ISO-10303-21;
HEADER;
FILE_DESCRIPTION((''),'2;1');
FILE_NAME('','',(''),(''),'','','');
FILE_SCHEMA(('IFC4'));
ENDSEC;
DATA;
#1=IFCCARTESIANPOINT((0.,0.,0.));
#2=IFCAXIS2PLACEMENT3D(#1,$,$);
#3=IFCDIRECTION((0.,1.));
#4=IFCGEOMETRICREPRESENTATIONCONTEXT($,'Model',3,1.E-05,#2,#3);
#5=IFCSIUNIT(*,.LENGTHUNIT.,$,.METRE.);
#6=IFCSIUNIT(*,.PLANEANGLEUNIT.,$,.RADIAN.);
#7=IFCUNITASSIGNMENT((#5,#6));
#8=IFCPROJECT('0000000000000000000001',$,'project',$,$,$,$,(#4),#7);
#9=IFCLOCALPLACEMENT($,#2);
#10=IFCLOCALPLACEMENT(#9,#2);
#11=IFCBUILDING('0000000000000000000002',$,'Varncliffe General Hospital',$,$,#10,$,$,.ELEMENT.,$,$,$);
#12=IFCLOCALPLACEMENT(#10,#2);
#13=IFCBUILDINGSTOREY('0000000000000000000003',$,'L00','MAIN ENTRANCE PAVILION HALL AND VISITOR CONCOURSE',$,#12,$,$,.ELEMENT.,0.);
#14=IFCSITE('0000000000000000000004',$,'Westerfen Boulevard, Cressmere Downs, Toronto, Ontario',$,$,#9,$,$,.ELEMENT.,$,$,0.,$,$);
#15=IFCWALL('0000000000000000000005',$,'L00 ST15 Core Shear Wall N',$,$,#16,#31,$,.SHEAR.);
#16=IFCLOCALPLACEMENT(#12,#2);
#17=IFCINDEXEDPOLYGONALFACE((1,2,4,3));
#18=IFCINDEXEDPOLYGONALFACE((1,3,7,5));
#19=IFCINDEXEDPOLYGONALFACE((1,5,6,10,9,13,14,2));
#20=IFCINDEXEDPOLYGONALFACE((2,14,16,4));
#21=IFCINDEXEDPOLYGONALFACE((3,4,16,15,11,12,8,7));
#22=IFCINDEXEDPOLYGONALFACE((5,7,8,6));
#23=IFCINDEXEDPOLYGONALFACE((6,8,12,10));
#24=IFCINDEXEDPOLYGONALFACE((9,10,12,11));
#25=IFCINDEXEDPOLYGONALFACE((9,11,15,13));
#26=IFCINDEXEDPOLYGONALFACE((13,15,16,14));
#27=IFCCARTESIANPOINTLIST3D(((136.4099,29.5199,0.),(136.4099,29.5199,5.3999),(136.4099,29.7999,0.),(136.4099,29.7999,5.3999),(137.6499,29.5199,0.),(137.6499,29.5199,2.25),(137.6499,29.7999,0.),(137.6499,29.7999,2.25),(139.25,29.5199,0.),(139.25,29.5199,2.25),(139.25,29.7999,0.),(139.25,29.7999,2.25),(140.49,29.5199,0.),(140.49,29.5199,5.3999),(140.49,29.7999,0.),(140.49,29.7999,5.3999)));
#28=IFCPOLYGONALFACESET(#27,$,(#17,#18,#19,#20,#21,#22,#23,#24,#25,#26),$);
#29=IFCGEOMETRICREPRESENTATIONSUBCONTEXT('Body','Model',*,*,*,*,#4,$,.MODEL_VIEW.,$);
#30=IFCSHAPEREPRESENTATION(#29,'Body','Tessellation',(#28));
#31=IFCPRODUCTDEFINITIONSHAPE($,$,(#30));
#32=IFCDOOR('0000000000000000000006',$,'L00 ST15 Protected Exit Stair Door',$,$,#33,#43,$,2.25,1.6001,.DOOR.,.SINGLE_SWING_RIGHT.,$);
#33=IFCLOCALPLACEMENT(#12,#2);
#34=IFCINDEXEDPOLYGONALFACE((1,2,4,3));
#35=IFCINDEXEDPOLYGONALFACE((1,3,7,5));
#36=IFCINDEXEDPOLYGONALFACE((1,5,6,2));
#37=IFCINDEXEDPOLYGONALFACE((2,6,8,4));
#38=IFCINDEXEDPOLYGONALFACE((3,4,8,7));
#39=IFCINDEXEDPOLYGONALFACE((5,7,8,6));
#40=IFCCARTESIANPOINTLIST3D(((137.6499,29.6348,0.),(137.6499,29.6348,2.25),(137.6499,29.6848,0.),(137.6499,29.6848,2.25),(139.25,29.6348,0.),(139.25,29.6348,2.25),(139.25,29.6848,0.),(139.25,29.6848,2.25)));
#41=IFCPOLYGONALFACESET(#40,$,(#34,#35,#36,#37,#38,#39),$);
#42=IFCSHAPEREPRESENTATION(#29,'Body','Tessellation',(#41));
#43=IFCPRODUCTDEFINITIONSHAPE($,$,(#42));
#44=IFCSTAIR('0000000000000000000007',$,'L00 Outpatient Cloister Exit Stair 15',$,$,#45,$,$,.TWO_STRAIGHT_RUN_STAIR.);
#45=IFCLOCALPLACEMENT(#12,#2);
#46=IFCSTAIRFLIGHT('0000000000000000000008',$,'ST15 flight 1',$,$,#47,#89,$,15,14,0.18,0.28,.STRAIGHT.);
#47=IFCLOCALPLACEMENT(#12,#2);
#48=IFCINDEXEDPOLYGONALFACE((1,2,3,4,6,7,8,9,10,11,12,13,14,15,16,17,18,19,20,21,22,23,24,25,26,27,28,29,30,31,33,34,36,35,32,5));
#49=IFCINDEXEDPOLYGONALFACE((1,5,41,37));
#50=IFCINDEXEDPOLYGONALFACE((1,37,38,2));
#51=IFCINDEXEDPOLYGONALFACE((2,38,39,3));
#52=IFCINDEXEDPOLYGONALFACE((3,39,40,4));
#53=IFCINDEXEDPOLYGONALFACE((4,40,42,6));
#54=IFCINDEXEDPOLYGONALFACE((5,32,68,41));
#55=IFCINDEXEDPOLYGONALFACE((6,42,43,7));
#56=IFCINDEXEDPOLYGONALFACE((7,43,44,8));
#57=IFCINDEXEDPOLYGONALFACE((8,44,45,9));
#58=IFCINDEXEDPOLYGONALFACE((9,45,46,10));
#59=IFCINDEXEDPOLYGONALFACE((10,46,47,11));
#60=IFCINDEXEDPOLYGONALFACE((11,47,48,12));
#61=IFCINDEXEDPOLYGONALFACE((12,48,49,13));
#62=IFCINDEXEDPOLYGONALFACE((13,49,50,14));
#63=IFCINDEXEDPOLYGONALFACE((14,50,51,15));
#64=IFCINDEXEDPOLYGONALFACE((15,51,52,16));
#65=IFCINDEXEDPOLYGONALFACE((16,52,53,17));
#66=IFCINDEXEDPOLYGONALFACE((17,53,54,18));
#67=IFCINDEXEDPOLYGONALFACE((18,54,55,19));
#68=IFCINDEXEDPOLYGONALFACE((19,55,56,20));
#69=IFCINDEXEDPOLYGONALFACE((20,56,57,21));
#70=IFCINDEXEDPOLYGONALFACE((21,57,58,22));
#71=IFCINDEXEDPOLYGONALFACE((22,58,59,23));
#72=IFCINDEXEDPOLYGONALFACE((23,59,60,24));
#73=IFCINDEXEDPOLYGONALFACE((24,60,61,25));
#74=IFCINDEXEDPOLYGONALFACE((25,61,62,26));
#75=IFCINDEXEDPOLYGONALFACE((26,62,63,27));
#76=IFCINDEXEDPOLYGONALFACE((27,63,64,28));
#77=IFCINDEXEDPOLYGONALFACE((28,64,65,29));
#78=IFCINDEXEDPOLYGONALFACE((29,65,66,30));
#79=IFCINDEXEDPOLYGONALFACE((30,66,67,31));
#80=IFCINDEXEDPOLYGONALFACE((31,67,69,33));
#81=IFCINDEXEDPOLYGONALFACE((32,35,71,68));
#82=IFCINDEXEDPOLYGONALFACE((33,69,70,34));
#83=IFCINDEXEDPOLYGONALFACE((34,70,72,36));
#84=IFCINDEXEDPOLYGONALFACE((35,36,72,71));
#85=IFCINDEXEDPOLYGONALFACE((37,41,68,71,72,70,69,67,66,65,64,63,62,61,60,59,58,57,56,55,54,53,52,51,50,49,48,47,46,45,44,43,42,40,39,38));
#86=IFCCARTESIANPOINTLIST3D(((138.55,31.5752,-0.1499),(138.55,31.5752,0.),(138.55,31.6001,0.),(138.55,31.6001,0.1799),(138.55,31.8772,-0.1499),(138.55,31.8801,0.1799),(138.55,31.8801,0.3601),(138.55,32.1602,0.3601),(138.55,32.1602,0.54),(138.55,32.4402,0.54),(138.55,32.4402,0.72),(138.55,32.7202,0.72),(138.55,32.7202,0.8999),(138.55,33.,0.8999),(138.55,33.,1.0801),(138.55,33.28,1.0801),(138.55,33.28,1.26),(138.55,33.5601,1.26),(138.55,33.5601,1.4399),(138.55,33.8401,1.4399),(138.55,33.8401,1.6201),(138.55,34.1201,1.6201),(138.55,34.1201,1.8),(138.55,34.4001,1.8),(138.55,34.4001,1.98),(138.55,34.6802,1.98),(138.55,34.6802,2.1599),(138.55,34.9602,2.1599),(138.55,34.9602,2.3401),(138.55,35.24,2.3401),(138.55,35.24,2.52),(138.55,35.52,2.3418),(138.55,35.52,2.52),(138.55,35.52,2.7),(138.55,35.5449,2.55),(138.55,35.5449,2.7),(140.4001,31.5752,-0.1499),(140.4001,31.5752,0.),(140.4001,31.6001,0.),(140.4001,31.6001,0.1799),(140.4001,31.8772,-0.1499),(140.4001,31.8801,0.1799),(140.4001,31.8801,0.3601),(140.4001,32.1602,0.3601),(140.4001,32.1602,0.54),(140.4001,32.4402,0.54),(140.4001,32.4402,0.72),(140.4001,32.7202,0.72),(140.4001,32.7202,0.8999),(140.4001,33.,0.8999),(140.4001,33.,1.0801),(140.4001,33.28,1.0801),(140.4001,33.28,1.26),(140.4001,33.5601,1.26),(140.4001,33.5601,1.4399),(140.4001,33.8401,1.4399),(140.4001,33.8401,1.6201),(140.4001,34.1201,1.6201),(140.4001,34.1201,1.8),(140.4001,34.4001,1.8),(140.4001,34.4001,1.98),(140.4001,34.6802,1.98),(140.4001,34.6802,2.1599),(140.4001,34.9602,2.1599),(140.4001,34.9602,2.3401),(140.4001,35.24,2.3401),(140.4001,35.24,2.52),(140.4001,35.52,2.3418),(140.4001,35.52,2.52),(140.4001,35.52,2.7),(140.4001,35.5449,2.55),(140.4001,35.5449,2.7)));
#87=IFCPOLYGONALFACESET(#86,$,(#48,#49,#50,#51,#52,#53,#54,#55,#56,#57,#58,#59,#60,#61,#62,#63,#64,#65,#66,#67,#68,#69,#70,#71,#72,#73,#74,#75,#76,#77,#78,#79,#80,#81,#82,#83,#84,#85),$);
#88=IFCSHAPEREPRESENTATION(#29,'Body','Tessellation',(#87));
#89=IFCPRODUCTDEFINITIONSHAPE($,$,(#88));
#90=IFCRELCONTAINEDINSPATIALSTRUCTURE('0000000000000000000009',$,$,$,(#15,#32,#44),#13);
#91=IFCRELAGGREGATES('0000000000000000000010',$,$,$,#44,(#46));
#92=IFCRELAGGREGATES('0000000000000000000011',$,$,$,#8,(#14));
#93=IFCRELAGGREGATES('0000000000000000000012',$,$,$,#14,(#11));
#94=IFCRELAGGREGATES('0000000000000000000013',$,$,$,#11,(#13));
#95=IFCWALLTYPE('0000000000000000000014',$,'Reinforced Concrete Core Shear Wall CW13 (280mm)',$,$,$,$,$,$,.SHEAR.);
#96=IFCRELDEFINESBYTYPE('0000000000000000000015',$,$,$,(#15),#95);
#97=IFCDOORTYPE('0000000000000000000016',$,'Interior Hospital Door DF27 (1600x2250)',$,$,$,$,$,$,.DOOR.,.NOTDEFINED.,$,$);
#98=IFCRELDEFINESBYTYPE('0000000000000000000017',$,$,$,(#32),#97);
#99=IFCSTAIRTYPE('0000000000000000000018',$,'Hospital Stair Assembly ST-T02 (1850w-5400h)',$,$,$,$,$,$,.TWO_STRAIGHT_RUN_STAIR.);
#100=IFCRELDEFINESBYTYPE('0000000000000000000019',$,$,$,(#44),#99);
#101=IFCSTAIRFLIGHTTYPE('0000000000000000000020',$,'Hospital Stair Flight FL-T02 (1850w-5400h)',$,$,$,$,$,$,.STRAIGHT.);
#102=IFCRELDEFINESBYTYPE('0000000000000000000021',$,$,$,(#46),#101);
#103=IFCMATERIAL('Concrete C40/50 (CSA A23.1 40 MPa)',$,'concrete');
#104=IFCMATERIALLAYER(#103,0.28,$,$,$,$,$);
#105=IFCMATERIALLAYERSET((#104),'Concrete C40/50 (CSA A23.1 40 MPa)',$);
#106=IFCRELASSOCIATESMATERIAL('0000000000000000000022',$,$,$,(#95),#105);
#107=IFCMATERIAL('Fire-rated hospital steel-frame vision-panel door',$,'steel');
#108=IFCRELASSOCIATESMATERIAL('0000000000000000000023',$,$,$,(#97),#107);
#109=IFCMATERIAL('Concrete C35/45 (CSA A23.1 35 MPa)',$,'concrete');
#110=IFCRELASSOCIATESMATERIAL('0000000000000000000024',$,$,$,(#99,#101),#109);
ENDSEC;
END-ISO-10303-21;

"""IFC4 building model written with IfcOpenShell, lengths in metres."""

from ifc_helpers import new_model, si_unit, direction, frame, frame_2d, origin, place, context, subcontext, project, spatial, polyline, rectangle, outline, extrude, material, layer, layer_set, type_object, element, fill, aggregate, save


model = new_model("IFC4")

# Units and contexts
model_context = context("Model", 3, precision=1e-05, world=origin(), true_north=direction((0.0, 1.0)))
body_context = subcontext(model_context, "Body", "Model", "MODEL_VIEW")
ifc_project = project(units=[si_unit("LENGTHUNIT", "METRE"), si_unit("PLANEANGLEUNIT", "RADIAN")], contexts=[model_context])

# Site, building, storey
site_placement = place(None, origin())
site = spatial("IfcSite", under=ifc_project, at=site_placement, Name="Westerfen Boulevard, Cressmere Downs, Toronto, Ontario", CompositionType="ELEMENT", RefElevation=0.0)
building_placement = place(site_placement, origin())
building = spatial("IfcBuilding", under=site, at=building_placement, Name="Varncliffe General Hospital", CompositionType="ELEMENT")
storey_placement = place(building_placement, origin())
storey = spatial("IfcBuildingStorey", under=building, at=storey_placement, Name="L00", Description="MAIN ENTRANCE PAVILION HALL AND VISITOR CONCOURSE", CompositionType="ELEMENT", Elevation=0.0)

# Shared definitions
ifc_material_1 = material(Name="Concrete C40/50 (CSA A23.1 40 MPa)", Category="concrete")

# Shared definitions
ifc_material_2 = material(Name="Concrete C35/45 (CSA A23.1 35 MPa)", Category="concrete")

# Shared definitions
ifc_material_3 = material(Name="Fire-rated hospital steel-frame vision-panel door", Category="steel")

# Shared definitions
ifc_layer_1 = layer(ifc_material_1, 0.28)
ifc_layer_set_1 = layer_set([ifc_layer_1], Name="Concrete C40/50 (CSA A23.1 40 MPa)")
wall_type_1 = type_object("IfcWallType", Name="Reinforced Concrete Core Shear Wall CW13 (280mm)", PredefinedType="SHEAR", material=ifc_layer_set_1)

# Wall, opening, door
wall_1_placement = place(storey_placement, frame((136.4099, 29.6599, 0.0), z_axis=(0.0, 0.0, 1.0), x_axis=(1.0, 0.0, 0.0)))
wall_1 = element("IfcWall", 1, at=wall_1_placement, inside=storey, type_object=wall_type_1, Name="L00 ST15 Core Shear Wall N", PredefinedType="SHEAR", context=body_context, shape_type="SweptSolid", body=[
    extrude(rectangle(XDim=4.0801, YDim=0.28, at=frame_2d((2.04, 0.0))), origin(), (0.0, 0.0, 1.0), 5.3999),
])
opening_1_placement = place(wall_1_placement, frame((1.24, 0.0, 0.0)))
opening_1 = element("IfcOpeningElement", 2, at=opening_1_placement, cuts=wall_1, PredefinedType="OPENING", context=body_context, shape_type="SweptSolid", body=[
    extrude(rectangle(XDim=1.6001, YDim=2.25, at=frame_2d((0.8, 1.125))), frame((0.0, 0.1499, 0.0), z_axis=(0.0, -1.0, 0.0), x_axis=(1.0, 0.0, 0.0)), (0.0, 0.0, 1.0), 0.3),
])
door_type_1 = type_object("IfcDoorType", Name="Interior Hospital Door DF27 (1600x2250)", OperationType="NOTDEFINED", PredefinedType="DOOR", material=ifc_material_3)
door_1_placement = place(opening_1_placement, origin())
door_1 = element("IfcDoor", 3, at=door_1_placement, inside=storey, type_object=door_type_1, Name="L00 ST15 Protected Exit Stair Door", OperationType="SINGLE_SWING_RIGHT", OverallHeight=2.25, OverallWidth=1.6001, PredefinedType="DOOR", context=body_context, shape_type="SweptSolid", body=[
    extrude(rectangle(XDim=1.6001, YDim=2.25, at=frame_2d((0.8, 1.125))), frame((0.0, 0.0249, 0.0), z_axis=(0.0, -1.0, 0.0), x_axis=(1.0, 0.0, 0.0)), (0.0, 0.0, 1.0), 0.05),
])
fill(opening_1, door_1)

# Stair, stair flight
stair_type = type_object("IfcStairType", Name="Hospital Stair Assembly ST-T02 (1850w-5400h)", PredefinedType="TWO_STRAIGHT_RUN_STAIR", material=ifc_material_2)
stair_placement = place(storey_placement, origin())
stair = element("IfcStair", 4, at=stair_placement, inside=storey, type_object=stair_type, Name="L00 Outpatient Cloister Exit Stair 15", PredefinedType="TWO_STRAIGHT_RUN_STAIR")
stair_flight_type = type_object("IfcStairFlightType", Name="Hospital Stair Flight FL-T02 (1850w-5400h)", PredefinedType="STRAIGHT", material=ifc_material_2)
stair_flight_placement = place(storey_placement, frame((139.4751, 31.6001, 0.0), z_axis=(0.0, 0.0, 1.0), x_axis=(0.0, 1.0, 0.0)))
stair_flight = element("IfcStairFlight", 5, at=stair_flight_placement, type_object=stair_flight_type, Name="ST15 flight 1", NumberOfRisers=15, NumberOfTreads=14, PredefinedType="STRAIGHT", RiserHeight=0.18, TreadLength=0.28, context=body_context, shape_type="SweptSolid", body=[
    extrude(outline(polyline([(-0.0249, -0.1499), (-0.0249, 0.0), (0.0, 0.0), (0.0, 0.1799), (0.28, 0.1799), (0.28, 0.3601), (0.5601, 0.3601), (0.5601, 0.54), (0.8401, 0.54), (0.8401, 0.72), (1.1201, 0.72), (1.1201, 0.8999), (1.3999, 0.8999), (1.3999, 1.0801), (1.6799, 1.0801), (1.6799, 1.26), (1.96, 1.26), (1.96, 1.4399), (2.24, 1.4399), (2.24, 1.6201), (2.52, 1.6201), (2.52, 1.8), (2.8, 1.8), (2.8, 1.98), (3.0801, 1.98), (3.0801, 2.1599), (3.3601, 2.1599), (3.3601, 2.3401), (3.6399, 2.3401), (3.6399, 2.52), (3.9199, 2.52), (3.9199, 2.7), (3.9448, 2.7), (3.9448, 2.55), (3.9199, 2.3418), (0.2771, -0.1499), (-0.0249, -0.1499)])), frame((0.0, 0.925, 0.0), z_axis=(0.0, -1.0, 0.0), x_axis=(1.0, 0.0, 0.0)), (0.0, 0.0, 1.0), 1.8501),
])
aggregate(stair, [stair_flight])

save(model, "model.ifc")
